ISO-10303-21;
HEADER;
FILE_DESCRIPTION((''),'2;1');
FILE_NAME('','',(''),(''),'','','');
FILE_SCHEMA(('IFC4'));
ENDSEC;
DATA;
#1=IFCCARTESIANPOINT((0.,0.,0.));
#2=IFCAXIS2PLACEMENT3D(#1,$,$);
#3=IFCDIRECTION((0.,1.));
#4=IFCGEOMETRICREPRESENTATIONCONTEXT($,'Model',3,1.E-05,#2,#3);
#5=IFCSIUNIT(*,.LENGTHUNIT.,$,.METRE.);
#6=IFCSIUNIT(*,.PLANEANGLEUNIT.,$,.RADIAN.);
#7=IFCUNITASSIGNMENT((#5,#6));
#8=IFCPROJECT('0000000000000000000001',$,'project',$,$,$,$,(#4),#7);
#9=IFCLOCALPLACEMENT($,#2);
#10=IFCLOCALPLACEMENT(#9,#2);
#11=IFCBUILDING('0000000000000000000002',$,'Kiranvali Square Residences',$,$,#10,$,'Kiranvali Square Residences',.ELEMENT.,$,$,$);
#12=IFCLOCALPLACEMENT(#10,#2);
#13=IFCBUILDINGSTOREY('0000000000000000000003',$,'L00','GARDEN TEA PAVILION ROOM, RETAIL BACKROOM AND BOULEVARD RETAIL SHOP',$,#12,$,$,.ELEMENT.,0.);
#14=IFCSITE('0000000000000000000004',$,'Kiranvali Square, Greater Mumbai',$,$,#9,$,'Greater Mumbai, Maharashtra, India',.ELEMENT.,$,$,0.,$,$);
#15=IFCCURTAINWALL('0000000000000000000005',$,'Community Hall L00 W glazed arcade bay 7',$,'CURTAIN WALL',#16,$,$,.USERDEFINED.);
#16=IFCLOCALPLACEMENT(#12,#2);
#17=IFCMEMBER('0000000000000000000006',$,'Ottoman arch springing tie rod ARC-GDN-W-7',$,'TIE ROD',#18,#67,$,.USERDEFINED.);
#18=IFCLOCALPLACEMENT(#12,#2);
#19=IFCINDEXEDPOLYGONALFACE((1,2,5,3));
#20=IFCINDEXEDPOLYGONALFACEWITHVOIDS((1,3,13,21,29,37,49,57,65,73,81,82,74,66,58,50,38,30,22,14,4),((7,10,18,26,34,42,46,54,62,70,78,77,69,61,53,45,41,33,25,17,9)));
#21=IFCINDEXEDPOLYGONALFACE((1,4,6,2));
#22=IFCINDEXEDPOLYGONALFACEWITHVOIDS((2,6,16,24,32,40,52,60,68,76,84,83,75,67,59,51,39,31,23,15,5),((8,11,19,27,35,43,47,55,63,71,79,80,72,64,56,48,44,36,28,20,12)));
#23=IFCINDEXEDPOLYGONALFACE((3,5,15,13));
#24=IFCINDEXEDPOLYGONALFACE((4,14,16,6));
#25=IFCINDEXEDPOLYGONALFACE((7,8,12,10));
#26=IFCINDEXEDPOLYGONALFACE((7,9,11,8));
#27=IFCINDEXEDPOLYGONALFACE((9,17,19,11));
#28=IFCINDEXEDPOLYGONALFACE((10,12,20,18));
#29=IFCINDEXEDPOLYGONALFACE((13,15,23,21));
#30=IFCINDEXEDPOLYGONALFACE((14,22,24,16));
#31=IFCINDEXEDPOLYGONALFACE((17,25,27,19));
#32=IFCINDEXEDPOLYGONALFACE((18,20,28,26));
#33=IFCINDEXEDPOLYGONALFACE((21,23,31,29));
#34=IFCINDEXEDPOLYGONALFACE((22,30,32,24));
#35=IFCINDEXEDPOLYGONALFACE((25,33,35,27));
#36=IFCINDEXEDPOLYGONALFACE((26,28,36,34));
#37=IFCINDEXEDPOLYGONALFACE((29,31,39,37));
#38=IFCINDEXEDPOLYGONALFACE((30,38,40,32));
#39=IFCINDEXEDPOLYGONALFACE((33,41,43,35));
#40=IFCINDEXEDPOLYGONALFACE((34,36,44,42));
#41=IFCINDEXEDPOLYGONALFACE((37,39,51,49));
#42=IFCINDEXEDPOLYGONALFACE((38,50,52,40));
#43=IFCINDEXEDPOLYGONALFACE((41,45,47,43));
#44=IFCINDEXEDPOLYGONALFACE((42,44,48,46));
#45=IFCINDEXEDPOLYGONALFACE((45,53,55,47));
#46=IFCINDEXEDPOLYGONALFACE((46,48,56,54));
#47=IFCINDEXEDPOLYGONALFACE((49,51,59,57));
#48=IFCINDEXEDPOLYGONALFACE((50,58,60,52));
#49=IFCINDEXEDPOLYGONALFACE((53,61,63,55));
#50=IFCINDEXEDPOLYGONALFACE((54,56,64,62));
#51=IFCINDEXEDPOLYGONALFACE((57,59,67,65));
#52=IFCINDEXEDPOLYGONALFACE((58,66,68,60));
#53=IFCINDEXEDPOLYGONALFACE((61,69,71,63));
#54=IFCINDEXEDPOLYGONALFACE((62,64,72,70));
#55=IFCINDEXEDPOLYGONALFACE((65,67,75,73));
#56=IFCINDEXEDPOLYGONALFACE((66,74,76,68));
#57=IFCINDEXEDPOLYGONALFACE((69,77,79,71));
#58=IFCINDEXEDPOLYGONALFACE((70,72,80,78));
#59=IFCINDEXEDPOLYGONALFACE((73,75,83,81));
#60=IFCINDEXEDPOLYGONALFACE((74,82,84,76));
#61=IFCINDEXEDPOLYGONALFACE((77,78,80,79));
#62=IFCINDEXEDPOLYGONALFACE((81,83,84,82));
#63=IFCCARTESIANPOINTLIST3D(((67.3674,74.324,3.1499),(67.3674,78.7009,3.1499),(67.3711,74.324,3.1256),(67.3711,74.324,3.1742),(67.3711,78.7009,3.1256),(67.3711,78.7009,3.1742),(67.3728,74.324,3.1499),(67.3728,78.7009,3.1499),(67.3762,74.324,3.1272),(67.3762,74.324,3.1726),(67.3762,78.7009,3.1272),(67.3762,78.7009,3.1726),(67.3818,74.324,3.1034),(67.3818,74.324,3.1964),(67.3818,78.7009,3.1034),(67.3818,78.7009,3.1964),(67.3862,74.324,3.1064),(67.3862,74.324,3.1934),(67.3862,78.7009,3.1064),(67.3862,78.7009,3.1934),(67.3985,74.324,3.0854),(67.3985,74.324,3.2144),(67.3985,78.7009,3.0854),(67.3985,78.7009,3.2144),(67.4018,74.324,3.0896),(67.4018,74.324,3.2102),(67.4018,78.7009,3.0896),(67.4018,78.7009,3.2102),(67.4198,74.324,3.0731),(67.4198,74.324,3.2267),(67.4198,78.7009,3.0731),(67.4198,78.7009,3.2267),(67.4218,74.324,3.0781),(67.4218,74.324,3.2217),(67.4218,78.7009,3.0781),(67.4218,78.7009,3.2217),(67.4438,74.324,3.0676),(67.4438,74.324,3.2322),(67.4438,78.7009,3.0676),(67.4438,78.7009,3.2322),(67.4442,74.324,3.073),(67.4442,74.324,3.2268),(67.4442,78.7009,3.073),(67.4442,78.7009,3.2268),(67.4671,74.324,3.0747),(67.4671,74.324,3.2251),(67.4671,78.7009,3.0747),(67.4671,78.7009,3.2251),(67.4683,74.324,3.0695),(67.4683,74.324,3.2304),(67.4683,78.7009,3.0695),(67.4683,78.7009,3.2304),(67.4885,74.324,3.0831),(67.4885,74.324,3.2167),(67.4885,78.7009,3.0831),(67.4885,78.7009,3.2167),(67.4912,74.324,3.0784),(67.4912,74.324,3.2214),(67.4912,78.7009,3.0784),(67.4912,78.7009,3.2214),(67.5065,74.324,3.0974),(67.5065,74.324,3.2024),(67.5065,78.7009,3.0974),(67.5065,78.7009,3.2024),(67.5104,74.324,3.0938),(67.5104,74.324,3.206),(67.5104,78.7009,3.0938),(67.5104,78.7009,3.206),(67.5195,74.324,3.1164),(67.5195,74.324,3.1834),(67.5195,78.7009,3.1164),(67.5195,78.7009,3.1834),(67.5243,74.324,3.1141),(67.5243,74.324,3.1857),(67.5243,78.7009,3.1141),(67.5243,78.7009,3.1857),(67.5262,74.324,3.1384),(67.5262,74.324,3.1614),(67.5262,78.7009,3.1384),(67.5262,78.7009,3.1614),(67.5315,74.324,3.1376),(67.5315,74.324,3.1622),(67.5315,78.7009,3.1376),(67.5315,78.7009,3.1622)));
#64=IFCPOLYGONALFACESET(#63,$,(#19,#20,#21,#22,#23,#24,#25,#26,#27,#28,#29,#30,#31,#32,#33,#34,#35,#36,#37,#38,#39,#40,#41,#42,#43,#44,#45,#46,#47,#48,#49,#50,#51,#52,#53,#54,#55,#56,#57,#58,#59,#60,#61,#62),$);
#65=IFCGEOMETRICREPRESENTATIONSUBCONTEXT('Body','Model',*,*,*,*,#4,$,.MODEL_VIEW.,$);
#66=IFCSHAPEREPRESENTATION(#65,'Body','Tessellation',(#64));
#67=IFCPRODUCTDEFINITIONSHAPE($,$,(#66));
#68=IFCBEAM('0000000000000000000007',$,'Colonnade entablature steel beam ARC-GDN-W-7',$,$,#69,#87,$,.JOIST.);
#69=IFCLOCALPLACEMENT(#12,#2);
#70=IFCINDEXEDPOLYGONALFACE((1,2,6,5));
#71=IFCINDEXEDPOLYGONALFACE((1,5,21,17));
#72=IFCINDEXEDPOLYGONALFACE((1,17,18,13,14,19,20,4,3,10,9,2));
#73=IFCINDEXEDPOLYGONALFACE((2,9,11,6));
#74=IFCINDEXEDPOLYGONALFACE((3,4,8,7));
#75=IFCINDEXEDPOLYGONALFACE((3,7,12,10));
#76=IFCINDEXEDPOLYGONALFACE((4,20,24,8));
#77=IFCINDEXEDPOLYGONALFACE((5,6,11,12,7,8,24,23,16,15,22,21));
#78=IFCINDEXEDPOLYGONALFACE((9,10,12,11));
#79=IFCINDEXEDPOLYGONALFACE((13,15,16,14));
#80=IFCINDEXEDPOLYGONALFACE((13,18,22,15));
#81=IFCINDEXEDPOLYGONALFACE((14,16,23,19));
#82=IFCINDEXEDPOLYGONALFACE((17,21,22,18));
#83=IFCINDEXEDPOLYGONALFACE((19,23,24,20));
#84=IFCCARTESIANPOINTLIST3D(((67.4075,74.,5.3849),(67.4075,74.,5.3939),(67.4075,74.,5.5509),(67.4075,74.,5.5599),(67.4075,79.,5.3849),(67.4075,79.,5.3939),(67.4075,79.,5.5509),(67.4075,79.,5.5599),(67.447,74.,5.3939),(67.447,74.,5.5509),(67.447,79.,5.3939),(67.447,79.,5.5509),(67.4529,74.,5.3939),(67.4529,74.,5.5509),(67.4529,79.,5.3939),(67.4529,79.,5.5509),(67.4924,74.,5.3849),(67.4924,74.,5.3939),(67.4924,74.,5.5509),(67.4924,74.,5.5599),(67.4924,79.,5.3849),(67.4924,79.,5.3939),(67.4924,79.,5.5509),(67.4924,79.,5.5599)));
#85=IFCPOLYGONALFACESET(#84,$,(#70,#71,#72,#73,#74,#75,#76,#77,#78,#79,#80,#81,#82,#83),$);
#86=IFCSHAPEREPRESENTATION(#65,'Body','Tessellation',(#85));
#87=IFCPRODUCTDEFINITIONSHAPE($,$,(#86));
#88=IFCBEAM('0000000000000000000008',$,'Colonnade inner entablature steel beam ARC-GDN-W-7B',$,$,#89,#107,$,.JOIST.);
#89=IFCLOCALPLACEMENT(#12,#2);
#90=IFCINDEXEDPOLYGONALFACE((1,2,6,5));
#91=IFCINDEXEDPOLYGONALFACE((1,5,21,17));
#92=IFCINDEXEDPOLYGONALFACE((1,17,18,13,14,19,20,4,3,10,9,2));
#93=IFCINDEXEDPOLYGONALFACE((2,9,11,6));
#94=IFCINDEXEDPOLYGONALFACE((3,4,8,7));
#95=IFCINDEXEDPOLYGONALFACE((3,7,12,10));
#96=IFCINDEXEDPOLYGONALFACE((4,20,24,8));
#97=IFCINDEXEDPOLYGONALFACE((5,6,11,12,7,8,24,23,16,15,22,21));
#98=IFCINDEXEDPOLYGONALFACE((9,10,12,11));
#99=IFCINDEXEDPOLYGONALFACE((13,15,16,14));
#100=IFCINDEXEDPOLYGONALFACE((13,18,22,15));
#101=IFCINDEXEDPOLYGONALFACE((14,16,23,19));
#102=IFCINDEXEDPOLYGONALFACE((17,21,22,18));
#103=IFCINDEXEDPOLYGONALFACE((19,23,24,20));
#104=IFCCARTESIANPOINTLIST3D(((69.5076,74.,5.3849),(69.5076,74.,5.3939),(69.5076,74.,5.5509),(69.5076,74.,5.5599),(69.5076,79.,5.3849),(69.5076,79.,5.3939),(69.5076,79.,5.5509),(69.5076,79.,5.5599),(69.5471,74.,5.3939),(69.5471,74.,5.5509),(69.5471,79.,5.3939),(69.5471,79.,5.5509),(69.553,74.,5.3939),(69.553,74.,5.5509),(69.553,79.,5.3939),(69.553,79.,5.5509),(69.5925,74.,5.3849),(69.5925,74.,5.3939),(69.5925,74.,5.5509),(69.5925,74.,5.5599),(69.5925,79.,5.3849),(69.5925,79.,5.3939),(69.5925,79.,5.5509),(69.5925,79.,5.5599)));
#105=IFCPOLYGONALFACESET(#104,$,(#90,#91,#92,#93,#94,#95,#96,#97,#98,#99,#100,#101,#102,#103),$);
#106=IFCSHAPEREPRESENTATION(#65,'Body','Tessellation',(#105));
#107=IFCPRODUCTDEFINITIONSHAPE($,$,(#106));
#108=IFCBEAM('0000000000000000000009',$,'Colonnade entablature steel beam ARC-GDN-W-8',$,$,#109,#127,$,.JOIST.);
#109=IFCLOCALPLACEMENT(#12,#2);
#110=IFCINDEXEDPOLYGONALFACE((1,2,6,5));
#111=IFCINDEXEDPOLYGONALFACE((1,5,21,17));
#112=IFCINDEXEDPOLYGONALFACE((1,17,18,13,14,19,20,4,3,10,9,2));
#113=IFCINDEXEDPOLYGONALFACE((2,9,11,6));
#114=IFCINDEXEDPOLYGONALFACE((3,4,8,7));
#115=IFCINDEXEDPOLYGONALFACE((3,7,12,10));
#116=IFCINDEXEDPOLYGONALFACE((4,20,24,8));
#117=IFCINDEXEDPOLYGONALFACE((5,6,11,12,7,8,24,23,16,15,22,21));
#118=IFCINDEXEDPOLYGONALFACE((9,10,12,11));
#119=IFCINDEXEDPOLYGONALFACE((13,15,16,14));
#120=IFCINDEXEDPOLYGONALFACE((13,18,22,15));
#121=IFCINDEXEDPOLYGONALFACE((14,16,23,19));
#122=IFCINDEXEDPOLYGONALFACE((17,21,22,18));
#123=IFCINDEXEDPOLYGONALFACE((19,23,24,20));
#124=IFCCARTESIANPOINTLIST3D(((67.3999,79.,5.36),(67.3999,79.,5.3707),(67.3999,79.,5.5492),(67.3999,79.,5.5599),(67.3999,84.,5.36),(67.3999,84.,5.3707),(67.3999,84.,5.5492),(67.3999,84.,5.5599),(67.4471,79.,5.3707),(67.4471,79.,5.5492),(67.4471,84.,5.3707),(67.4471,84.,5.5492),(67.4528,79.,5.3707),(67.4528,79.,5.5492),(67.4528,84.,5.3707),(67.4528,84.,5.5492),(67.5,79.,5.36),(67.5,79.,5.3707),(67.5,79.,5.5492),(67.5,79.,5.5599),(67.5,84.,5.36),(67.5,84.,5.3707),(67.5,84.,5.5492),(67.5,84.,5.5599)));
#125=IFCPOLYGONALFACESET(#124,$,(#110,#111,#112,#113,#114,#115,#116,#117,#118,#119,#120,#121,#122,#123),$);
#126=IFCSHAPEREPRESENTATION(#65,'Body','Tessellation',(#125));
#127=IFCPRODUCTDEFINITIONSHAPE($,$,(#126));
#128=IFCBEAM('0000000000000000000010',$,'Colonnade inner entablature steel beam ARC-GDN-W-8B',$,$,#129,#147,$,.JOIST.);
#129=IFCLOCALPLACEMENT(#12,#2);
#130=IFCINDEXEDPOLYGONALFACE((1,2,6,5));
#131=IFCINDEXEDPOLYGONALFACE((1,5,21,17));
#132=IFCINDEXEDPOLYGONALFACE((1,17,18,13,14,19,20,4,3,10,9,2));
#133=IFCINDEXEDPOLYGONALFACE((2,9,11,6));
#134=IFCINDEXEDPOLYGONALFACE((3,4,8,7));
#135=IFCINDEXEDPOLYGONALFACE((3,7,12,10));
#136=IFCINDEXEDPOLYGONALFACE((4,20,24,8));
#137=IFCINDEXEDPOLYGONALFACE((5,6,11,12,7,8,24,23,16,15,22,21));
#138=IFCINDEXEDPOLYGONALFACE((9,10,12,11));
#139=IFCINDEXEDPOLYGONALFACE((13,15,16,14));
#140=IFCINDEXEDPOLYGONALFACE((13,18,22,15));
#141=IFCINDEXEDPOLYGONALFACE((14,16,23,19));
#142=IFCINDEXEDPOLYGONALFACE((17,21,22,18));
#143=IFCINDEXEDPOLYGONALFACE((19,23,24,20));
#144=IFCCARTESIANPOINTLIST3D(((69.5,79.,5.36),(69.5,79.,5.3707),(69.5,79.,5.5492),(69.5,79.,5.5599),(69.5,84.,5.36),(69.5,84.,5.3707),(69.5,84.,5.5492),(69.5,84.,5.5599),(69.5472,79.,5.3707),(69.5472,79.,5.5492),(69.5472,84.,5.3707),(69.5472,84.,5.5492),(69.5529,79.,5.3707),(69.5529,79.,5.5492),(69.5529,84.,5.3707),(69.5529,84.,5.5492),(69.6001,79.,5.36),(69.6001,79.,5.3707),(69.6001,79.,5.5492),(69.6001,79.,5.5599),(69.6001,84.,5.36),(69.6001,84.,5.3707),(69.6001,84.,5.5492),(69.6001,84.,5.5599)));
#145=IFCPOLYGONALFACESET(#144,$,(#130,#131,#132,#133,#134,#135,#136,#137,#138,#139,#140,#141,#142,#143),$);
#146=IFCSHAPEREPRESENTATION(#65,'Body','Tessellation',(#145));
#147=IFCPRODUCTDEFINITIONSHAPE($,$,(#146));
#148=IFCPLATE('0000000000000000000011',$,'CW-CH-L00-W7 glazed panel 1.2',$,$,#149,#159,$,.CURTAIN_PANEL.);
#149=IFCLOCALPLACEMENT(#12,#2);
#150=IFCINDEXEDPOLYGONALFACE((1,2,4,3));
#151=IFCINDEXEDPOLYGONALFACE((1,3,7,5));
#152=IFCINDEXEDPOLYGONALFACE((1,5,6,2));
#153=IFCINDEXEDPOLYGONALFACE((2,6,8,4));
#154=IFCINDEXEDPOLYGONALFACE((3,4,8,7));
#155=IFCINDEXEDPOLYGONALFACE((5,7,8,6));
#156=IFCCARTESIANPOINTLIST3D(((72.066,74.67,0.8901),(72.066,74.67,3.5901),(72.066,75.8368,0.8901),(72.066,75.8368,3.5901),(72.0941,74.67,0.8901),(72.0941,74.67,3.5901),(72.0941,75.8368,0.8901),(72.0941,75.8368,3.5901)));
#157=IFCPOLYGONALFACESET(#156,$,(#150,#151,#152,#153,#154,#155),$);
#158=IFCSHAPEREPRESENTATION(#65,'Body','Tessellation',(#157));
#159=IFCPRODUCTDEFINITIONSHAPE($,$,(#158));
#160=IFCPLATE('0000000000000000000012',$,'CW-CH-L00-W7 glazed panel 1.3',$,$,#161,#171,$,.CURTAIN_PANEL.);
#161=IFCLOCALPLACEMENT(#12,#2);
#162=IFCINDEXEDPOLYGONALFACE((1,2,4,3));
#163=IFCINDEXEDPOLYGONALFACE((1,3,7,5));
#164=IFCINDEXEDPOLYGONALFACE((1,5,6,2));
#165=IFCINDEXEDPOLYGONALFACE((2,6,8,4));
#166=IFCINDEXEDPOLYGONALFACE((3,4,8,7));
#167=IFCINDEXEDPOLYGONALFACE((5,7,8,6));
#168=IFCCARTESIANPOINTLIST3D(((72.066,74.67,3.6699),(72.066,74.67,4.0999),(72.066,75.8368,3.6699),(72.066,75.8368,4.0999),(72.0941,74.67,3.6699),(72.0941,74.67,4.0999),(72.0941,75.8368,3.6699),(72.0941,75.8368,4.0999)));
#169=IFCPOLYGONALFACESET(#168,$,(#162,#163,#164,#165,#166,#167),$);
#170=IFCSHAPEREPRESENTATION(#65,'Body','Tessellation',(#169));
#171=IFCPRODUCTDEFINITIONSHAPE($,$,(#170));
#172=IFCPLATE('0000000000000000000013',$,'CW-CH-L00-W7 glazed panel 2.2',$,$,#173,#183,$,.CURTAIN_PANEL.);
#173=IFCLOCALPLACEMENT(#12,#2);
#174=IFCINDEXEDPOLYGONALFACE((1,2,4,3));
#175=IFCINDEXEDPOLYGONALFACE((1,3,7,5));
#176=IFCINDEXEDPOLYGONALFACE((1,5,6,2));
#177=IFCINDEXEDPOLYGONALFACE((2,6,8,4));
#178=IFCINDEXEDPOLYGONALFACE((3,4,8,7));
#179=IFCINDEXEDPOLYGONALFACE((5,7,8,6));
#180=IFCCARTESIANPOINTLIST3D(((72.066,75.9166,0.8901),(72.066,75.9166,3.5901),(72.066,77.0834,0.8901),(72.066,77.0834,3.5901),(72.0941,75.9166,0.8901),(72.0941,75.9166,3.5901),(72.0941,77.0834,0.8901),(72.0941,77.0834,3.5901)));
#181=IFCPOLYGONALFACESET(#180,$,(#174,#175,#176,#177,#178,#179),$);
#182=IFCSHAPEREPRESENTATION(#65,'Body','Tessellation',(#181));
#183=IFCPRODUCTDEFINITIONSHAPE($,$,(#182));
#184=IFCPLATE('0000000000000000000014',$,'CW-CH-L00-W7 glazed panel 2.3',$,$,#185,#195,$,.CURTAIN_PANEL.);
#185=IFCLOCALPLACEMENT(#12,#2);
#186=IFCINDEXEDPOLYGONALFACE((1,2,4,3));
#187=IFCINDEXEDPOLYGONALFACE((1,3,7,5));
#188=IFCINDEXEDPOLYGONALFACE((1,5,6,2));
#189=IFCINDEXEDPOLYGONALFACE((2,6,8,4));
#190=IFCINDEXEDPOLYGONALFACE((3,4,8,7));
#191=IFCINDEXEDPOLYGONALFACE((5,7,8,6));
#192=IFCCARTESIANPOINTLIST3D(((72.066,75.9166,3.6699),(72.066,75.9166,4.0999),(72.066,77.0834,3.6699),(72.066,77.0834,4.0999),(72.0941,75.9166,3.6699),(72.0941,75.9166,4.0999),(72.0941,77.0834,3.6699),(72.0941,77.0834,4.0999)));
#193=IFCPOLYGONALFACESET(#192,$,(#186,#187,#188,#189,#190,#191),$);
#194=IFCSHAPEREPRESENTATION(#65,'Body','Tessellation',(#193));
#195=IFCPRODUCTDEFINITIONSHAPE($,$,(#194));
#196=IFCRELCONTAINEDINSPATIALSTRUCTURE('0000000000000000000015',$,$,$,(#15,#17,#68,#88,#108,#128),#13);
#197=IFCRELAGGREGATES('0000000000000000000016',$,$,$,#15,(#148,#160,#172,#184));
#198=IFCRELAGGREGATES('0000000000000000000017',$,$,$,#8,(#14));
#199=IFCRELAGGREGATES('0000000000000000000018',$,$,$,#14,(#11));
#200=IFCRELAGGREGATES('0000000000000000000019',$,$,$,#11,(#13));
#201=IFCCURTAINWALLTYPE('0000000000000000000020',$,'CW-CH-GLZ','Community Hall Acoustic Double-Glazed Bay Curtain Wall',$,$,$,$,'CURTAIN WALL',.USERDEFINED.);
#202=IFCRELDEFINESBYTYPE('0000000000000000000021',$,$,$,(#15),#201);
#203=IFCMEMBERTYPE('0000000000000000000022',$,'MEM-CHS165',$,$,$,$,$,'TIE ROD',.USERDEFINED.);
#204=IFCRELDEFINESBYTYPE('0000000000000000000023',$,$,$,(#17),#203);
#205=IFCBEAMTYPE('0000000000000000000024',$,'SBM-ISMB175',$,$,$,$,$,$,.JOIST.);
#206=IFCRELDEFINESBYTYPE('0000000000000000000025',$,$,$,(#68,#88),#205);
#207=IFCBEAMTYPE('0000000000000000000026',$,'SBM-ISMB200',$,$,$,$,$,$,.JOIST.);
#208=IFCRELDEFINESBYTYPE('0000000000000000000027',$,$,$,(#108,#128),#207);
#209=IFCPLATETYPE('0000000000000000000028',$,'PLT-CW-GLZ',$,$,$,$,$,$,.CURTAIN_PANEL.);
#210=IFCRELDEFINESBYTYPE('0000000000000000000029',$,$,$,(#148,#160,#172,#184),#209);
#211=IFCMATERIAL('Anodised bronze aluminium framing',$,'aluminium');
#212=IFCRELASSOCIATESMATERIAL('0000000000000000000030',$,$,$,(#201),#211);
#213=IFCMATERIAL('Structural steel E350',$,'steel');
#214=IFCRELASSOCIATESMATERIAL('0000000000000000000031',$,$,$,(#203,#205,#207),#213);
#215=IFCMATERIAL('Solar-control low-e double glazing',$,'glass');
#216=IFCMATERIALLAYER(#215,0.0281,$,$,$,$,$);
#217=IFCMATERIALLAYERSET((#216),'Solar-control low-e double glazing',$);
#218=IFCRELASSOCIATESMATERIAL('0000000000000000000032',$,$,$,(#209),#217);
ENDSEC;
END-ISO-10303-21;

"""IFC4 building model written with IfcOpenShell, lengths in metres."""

from ifc_helpers import new_model, si_unit, direction, frame, origin, origin_2d, place, context, subcontext, project, spatial, rectangle, hollow_circle, i_section, extrude, material, layer, layer_set, material_profile, profile_set, type_object, element, aggregate, save


model = new_model("IFC4")

# Units and contexts
model_context = context("Model", 3, precision=1e-05, world=origin(), true_north=direction((0.0, 1.0)))
body_context = subcontext(model_context, "Body", "Model", "MODEL_VIEW")
ifc_project = project(units=[si_unit("LENGTHUNIT", "METRE"), si_unit("PLANEANGLEUNIT", "RADIAN")], contexts=[model_context])

# Site, building, storey
site_placement = place(None, origin())
site = spatial("IfcSite", under=ifc_project, at=site_placement, Name="Kiranvali Square, Greater Mumbai", LongName="Greater Mumbai, Maharashtra, India", CompositionType="ELEMENT", RefElevation=0.0)
building_placement = place(site_placement, origin())
building = spatial("IfcBuilding", under=site, at=building_placement, Name="Kiranvali Square Residences", LongName="Kiranvali Square Residences", CompositionType="ELEMENT")
storey_placement = place(building_placement, origin())
storey = spatial("IfcBuildingStorey", under=building, at=storey_placement, Name="L00", Description="GARDEN TEA PAVILION ROOM, RETAIL BACKROOM AND BOULEVARD RETAIL SHOP", CompositionType="ELEMENT", Elevation=0.0)

# Curtain wall
ifc_material_1 = material(Name="Anodised bronze aluminium framing", Category="aluminium")
curtain_wall_type = type_object("IfcCurtainWallType", Name="CW-CH-GLZ", Description="Community Hall Acoustic Double-Glazed Bay Curtain Wall", ElementType="CURTAIN WALL", PredefinedType="USERDEFINED", material=ifc_material_1)
curtain_wall_placement = place(storey_placement, origin())
curtain_wall = element("IfcCurtainWall", 1, at=curtain_wall_placement, inside=storey, type_object=curtain_wall_type, Name="Community Hall L00 W glazed arcade bay 7", ObjectType="CURTAIN WALL", PredefinedType="USERDEFINED")

# Member
ifc_material_2 = material(Name="Structural steel E350", Category="steel")
ifc_material_profile_1 = material_profile(ifc_material_2, hollow_circle(Radius=0.0825, WallThickness=0.0054, at=origin_2d()), Name="CHS 165.1x5.4")
ifc_profile_set_1 = profile_set([ifc_material_profile_1], Name="Structural steel E350")
member_type_1 = type_object("IfcMemberType", Name="MEM-CHS165", ElementType="TIE ROD", PredefinedType="USERDEFINED", material=ifc_profile_set_1)
member_1_placement = place(storey_placement, frame((67.45, 74.324, 3.1499), z_axis=(0.0, 1.0, 0.0), x_axis=(-1.0, 0.0, 0.0)))
element("IfcMember", 2, at=member_1_placement, inside=storey, type_object=member_type_1, Name="Ottoman arch springing tie rod ARC-GDN-W-7", ObjectType="TIE ROD", PredefinedType="USERDEFINED", context=body_context, shape_type="SweptSolid", body=[
    extrude(hollow_circle(Radius=0.0825, WallThickness=0.0054, at=origin_2d()), origin(), (0.0, 0.0, 1.0), 4.377),
])

# Beams
ifc_material_profile_2 = material_profile(ifc_material_2, i_section(OverallWidth=0.085, OverallDepth=0.175, WebThickness=0.0059, FlangeThickness=0.009, at=origin_2d()), Name="ISMB 175")
ifc_profile_set_2 = profile_set([ifc_material_profile_2], Name="Structural steel E350")
beam_type_1 = type_object("IfcBeamType", Name="SBM-ISMB175", PredefinedType="JOIST", material=ifc_profile_set_2)
for number, where, z_axis, x_axis, name in (
    (3, (67.45, 74.0, 5.4724), (0.0, 1.0, 0.0), (-1.0, 0.0, 0.0), "Colonnade entablature steel beam ARC-GDN-W-7"),
    (4, (69.55, 74.0, 5.4724), (0.0, 1.0, 0.0), (-1.0, 0.0, 0.0), "Colonnade inner entablature steel beam ARC-GDN-W-7B"),
):
    element("IfcBeam", number, at=place(storey_placement, frame(where, z_axis=z_axis, x_axis=x_axis)), inside=storey, type_object=beam_type_1, Name=name, PredefinedType="JOIST", context=body_context, shape_type="SweptSolid", body=[
        extrude(i_section(OverallWidth=0.085, OverallDepth=0.175, WebThickness=0.0059, FlangeThickness=0.009, at=origin_2d()), origin(), (0.0, 0.0, 1.0), 5.0),
    ])
ifc_material_profile_3 = material_profile(ifc_material_2, i_section(OverallWidth=0.1001, OverallDepth=0.2, WebThickness=0.0056, FlangeThickness=0.0107, at=origin_2d()), Name="ISMB 200")
ifc_profile_set_3 = profile_set([ifc_material_profile_3], Name="Structural steel E350")
beam_type_2 = type_object("IfcBeamType", Name="SBM-ISMB200", PredefinedType="JOIST", material=ifc_profile_set_3)
for number, where, z_axis, x_axis, name in (
    (5, (67.45, 79.0, 5.46), (0.0, 1.0, 0.0), (-1.0, 0.0, 0.0), "Colonnade entablature steel beam ARC-GDN-W-8"),
    (6, (69.55, 79.0, 5.46), (0.0, 1.0, 0.0), (-1.0, 0.0, 0.0), "Colonnade inner entablature steel beam ARC-GDN-W-8B"),
):
    element("IfcBeam", number, at=place(storey_placement, frame(where, z_axis=z_axis, x_axis=x_axis)), inside=storey, type_object=beam_type_2, Name=name, PredefinedType="JOIST", context=body_context, shape_type="SweptSolid", body=[
        extrude(i_section(OverallWidth=0.1001, OverallDepth=0.2, WebThickness=0.0056, FlangeThickness=0.0107, at=origin_2d()), origin(), (0.0, 0.0, 1.0), 5.0),
    ])

# Plates
ifc_material_3 = material(Name="Solar-control low-e double glazing", Category="glass")
ifc_layer_1 = layer(ifc_material_3, 0.0281)
ifc_layer_set_1 = layer_set([ifc_layer_1], Name="Solar-control low-e double glazing")
plate_type_1 = type_object("IfcPlateType", Name="PLT-CW-GLZ", PredefinedType="CURTAIN_PANEL", material=ifc_layer_set_1)
plate_1_placement = place(storey_placement, frame((72.0801, 75.2534, 0.8901), z_axis=(0.0, 0.0, 1.0), x_axis=(0.0, 1.0, 0.0)))
plate_1 = element("IfcPlate", 7, at=plate_1_placement, type_object=plate_type_1, Name="CW-CH-L00-W7 glazed panel 1.2", PredefinedType="CURTAIN_PANEL", context=body_context, shape_type="SweptSolid", body=[
    extrude(rectangle(XDim=1.1667, YDim=0.0281, at=origin_2d()), origin(), (0.0, 0.0, 1.0), 2.7),
])
plate_2_placement = place(storey_placement, frame((72.0801, 75.2534, 3.6699), z_axis=(0.0, 0.0, 1.0), x_axis=(0.0, 1.0, 0.0)))
plate_2 = element("IfcPlate", 8, at=plate_2_placement, type_object=plate_type_1, Name="CW-CH-L00-W7 glazed panel 1.3", PredefinedType="CURTAIN_PANEL", context=body_context, shape_type="SweptSolid", body=[
    extrude(rectangle(XDim=1.1667, YDim=0.0281, at=origin_2d()), origin(), (0.0, 0.0, 1.0), 0.4299),
])
plate_3_placement = place(storey_placement, frame((72.0801, 76.5, 0.8901), z_axis=(0.0, 0.0, 1.0), x_axis=(0.0, 1.0, 0.0)))
plate_3 = element("IfcPlate", 9, at=plate_3_placement, type_object=plate_type_1, Name="CW-CH-L00-W7 glazed panel 2.2", PredefinedType="CURTAIN_PANEL", context=body_context, shape_type="SweptSolid", body=[
    extrude(rectangle(XDim=1.1667, YDim=0.0281, at=origin_2d()), origin(), (0.0, 0.0, 1.0), 2.7),
])
plate_4_placement = place(storey_placement, frame((72.0801, 76.5, 3.6699), z_axis=(0.0, 0.0, 1.0), x_axis=(0.0, 1.0, 0.0)))
plate_4 = element("IfcPlate", 10, at=plate_4_placement, type_object=plate_type_1, Name="CW-CH-L00-W7 glazed panel 2.3", PredefinedType="CURTAIN_PANEL", context=body_context, shape_type="SweptSolid", body=[
    extrude(rectangle(XDim=1.1667, YDim=0.0281, at=origin_2d()), origin(), (0.0, 0.0, 1.0), 0.4299),
])
aggregate(curtain_wall, [plate_1, plate_2, plate_3, plate_4])

save(model, "model.ifc")
